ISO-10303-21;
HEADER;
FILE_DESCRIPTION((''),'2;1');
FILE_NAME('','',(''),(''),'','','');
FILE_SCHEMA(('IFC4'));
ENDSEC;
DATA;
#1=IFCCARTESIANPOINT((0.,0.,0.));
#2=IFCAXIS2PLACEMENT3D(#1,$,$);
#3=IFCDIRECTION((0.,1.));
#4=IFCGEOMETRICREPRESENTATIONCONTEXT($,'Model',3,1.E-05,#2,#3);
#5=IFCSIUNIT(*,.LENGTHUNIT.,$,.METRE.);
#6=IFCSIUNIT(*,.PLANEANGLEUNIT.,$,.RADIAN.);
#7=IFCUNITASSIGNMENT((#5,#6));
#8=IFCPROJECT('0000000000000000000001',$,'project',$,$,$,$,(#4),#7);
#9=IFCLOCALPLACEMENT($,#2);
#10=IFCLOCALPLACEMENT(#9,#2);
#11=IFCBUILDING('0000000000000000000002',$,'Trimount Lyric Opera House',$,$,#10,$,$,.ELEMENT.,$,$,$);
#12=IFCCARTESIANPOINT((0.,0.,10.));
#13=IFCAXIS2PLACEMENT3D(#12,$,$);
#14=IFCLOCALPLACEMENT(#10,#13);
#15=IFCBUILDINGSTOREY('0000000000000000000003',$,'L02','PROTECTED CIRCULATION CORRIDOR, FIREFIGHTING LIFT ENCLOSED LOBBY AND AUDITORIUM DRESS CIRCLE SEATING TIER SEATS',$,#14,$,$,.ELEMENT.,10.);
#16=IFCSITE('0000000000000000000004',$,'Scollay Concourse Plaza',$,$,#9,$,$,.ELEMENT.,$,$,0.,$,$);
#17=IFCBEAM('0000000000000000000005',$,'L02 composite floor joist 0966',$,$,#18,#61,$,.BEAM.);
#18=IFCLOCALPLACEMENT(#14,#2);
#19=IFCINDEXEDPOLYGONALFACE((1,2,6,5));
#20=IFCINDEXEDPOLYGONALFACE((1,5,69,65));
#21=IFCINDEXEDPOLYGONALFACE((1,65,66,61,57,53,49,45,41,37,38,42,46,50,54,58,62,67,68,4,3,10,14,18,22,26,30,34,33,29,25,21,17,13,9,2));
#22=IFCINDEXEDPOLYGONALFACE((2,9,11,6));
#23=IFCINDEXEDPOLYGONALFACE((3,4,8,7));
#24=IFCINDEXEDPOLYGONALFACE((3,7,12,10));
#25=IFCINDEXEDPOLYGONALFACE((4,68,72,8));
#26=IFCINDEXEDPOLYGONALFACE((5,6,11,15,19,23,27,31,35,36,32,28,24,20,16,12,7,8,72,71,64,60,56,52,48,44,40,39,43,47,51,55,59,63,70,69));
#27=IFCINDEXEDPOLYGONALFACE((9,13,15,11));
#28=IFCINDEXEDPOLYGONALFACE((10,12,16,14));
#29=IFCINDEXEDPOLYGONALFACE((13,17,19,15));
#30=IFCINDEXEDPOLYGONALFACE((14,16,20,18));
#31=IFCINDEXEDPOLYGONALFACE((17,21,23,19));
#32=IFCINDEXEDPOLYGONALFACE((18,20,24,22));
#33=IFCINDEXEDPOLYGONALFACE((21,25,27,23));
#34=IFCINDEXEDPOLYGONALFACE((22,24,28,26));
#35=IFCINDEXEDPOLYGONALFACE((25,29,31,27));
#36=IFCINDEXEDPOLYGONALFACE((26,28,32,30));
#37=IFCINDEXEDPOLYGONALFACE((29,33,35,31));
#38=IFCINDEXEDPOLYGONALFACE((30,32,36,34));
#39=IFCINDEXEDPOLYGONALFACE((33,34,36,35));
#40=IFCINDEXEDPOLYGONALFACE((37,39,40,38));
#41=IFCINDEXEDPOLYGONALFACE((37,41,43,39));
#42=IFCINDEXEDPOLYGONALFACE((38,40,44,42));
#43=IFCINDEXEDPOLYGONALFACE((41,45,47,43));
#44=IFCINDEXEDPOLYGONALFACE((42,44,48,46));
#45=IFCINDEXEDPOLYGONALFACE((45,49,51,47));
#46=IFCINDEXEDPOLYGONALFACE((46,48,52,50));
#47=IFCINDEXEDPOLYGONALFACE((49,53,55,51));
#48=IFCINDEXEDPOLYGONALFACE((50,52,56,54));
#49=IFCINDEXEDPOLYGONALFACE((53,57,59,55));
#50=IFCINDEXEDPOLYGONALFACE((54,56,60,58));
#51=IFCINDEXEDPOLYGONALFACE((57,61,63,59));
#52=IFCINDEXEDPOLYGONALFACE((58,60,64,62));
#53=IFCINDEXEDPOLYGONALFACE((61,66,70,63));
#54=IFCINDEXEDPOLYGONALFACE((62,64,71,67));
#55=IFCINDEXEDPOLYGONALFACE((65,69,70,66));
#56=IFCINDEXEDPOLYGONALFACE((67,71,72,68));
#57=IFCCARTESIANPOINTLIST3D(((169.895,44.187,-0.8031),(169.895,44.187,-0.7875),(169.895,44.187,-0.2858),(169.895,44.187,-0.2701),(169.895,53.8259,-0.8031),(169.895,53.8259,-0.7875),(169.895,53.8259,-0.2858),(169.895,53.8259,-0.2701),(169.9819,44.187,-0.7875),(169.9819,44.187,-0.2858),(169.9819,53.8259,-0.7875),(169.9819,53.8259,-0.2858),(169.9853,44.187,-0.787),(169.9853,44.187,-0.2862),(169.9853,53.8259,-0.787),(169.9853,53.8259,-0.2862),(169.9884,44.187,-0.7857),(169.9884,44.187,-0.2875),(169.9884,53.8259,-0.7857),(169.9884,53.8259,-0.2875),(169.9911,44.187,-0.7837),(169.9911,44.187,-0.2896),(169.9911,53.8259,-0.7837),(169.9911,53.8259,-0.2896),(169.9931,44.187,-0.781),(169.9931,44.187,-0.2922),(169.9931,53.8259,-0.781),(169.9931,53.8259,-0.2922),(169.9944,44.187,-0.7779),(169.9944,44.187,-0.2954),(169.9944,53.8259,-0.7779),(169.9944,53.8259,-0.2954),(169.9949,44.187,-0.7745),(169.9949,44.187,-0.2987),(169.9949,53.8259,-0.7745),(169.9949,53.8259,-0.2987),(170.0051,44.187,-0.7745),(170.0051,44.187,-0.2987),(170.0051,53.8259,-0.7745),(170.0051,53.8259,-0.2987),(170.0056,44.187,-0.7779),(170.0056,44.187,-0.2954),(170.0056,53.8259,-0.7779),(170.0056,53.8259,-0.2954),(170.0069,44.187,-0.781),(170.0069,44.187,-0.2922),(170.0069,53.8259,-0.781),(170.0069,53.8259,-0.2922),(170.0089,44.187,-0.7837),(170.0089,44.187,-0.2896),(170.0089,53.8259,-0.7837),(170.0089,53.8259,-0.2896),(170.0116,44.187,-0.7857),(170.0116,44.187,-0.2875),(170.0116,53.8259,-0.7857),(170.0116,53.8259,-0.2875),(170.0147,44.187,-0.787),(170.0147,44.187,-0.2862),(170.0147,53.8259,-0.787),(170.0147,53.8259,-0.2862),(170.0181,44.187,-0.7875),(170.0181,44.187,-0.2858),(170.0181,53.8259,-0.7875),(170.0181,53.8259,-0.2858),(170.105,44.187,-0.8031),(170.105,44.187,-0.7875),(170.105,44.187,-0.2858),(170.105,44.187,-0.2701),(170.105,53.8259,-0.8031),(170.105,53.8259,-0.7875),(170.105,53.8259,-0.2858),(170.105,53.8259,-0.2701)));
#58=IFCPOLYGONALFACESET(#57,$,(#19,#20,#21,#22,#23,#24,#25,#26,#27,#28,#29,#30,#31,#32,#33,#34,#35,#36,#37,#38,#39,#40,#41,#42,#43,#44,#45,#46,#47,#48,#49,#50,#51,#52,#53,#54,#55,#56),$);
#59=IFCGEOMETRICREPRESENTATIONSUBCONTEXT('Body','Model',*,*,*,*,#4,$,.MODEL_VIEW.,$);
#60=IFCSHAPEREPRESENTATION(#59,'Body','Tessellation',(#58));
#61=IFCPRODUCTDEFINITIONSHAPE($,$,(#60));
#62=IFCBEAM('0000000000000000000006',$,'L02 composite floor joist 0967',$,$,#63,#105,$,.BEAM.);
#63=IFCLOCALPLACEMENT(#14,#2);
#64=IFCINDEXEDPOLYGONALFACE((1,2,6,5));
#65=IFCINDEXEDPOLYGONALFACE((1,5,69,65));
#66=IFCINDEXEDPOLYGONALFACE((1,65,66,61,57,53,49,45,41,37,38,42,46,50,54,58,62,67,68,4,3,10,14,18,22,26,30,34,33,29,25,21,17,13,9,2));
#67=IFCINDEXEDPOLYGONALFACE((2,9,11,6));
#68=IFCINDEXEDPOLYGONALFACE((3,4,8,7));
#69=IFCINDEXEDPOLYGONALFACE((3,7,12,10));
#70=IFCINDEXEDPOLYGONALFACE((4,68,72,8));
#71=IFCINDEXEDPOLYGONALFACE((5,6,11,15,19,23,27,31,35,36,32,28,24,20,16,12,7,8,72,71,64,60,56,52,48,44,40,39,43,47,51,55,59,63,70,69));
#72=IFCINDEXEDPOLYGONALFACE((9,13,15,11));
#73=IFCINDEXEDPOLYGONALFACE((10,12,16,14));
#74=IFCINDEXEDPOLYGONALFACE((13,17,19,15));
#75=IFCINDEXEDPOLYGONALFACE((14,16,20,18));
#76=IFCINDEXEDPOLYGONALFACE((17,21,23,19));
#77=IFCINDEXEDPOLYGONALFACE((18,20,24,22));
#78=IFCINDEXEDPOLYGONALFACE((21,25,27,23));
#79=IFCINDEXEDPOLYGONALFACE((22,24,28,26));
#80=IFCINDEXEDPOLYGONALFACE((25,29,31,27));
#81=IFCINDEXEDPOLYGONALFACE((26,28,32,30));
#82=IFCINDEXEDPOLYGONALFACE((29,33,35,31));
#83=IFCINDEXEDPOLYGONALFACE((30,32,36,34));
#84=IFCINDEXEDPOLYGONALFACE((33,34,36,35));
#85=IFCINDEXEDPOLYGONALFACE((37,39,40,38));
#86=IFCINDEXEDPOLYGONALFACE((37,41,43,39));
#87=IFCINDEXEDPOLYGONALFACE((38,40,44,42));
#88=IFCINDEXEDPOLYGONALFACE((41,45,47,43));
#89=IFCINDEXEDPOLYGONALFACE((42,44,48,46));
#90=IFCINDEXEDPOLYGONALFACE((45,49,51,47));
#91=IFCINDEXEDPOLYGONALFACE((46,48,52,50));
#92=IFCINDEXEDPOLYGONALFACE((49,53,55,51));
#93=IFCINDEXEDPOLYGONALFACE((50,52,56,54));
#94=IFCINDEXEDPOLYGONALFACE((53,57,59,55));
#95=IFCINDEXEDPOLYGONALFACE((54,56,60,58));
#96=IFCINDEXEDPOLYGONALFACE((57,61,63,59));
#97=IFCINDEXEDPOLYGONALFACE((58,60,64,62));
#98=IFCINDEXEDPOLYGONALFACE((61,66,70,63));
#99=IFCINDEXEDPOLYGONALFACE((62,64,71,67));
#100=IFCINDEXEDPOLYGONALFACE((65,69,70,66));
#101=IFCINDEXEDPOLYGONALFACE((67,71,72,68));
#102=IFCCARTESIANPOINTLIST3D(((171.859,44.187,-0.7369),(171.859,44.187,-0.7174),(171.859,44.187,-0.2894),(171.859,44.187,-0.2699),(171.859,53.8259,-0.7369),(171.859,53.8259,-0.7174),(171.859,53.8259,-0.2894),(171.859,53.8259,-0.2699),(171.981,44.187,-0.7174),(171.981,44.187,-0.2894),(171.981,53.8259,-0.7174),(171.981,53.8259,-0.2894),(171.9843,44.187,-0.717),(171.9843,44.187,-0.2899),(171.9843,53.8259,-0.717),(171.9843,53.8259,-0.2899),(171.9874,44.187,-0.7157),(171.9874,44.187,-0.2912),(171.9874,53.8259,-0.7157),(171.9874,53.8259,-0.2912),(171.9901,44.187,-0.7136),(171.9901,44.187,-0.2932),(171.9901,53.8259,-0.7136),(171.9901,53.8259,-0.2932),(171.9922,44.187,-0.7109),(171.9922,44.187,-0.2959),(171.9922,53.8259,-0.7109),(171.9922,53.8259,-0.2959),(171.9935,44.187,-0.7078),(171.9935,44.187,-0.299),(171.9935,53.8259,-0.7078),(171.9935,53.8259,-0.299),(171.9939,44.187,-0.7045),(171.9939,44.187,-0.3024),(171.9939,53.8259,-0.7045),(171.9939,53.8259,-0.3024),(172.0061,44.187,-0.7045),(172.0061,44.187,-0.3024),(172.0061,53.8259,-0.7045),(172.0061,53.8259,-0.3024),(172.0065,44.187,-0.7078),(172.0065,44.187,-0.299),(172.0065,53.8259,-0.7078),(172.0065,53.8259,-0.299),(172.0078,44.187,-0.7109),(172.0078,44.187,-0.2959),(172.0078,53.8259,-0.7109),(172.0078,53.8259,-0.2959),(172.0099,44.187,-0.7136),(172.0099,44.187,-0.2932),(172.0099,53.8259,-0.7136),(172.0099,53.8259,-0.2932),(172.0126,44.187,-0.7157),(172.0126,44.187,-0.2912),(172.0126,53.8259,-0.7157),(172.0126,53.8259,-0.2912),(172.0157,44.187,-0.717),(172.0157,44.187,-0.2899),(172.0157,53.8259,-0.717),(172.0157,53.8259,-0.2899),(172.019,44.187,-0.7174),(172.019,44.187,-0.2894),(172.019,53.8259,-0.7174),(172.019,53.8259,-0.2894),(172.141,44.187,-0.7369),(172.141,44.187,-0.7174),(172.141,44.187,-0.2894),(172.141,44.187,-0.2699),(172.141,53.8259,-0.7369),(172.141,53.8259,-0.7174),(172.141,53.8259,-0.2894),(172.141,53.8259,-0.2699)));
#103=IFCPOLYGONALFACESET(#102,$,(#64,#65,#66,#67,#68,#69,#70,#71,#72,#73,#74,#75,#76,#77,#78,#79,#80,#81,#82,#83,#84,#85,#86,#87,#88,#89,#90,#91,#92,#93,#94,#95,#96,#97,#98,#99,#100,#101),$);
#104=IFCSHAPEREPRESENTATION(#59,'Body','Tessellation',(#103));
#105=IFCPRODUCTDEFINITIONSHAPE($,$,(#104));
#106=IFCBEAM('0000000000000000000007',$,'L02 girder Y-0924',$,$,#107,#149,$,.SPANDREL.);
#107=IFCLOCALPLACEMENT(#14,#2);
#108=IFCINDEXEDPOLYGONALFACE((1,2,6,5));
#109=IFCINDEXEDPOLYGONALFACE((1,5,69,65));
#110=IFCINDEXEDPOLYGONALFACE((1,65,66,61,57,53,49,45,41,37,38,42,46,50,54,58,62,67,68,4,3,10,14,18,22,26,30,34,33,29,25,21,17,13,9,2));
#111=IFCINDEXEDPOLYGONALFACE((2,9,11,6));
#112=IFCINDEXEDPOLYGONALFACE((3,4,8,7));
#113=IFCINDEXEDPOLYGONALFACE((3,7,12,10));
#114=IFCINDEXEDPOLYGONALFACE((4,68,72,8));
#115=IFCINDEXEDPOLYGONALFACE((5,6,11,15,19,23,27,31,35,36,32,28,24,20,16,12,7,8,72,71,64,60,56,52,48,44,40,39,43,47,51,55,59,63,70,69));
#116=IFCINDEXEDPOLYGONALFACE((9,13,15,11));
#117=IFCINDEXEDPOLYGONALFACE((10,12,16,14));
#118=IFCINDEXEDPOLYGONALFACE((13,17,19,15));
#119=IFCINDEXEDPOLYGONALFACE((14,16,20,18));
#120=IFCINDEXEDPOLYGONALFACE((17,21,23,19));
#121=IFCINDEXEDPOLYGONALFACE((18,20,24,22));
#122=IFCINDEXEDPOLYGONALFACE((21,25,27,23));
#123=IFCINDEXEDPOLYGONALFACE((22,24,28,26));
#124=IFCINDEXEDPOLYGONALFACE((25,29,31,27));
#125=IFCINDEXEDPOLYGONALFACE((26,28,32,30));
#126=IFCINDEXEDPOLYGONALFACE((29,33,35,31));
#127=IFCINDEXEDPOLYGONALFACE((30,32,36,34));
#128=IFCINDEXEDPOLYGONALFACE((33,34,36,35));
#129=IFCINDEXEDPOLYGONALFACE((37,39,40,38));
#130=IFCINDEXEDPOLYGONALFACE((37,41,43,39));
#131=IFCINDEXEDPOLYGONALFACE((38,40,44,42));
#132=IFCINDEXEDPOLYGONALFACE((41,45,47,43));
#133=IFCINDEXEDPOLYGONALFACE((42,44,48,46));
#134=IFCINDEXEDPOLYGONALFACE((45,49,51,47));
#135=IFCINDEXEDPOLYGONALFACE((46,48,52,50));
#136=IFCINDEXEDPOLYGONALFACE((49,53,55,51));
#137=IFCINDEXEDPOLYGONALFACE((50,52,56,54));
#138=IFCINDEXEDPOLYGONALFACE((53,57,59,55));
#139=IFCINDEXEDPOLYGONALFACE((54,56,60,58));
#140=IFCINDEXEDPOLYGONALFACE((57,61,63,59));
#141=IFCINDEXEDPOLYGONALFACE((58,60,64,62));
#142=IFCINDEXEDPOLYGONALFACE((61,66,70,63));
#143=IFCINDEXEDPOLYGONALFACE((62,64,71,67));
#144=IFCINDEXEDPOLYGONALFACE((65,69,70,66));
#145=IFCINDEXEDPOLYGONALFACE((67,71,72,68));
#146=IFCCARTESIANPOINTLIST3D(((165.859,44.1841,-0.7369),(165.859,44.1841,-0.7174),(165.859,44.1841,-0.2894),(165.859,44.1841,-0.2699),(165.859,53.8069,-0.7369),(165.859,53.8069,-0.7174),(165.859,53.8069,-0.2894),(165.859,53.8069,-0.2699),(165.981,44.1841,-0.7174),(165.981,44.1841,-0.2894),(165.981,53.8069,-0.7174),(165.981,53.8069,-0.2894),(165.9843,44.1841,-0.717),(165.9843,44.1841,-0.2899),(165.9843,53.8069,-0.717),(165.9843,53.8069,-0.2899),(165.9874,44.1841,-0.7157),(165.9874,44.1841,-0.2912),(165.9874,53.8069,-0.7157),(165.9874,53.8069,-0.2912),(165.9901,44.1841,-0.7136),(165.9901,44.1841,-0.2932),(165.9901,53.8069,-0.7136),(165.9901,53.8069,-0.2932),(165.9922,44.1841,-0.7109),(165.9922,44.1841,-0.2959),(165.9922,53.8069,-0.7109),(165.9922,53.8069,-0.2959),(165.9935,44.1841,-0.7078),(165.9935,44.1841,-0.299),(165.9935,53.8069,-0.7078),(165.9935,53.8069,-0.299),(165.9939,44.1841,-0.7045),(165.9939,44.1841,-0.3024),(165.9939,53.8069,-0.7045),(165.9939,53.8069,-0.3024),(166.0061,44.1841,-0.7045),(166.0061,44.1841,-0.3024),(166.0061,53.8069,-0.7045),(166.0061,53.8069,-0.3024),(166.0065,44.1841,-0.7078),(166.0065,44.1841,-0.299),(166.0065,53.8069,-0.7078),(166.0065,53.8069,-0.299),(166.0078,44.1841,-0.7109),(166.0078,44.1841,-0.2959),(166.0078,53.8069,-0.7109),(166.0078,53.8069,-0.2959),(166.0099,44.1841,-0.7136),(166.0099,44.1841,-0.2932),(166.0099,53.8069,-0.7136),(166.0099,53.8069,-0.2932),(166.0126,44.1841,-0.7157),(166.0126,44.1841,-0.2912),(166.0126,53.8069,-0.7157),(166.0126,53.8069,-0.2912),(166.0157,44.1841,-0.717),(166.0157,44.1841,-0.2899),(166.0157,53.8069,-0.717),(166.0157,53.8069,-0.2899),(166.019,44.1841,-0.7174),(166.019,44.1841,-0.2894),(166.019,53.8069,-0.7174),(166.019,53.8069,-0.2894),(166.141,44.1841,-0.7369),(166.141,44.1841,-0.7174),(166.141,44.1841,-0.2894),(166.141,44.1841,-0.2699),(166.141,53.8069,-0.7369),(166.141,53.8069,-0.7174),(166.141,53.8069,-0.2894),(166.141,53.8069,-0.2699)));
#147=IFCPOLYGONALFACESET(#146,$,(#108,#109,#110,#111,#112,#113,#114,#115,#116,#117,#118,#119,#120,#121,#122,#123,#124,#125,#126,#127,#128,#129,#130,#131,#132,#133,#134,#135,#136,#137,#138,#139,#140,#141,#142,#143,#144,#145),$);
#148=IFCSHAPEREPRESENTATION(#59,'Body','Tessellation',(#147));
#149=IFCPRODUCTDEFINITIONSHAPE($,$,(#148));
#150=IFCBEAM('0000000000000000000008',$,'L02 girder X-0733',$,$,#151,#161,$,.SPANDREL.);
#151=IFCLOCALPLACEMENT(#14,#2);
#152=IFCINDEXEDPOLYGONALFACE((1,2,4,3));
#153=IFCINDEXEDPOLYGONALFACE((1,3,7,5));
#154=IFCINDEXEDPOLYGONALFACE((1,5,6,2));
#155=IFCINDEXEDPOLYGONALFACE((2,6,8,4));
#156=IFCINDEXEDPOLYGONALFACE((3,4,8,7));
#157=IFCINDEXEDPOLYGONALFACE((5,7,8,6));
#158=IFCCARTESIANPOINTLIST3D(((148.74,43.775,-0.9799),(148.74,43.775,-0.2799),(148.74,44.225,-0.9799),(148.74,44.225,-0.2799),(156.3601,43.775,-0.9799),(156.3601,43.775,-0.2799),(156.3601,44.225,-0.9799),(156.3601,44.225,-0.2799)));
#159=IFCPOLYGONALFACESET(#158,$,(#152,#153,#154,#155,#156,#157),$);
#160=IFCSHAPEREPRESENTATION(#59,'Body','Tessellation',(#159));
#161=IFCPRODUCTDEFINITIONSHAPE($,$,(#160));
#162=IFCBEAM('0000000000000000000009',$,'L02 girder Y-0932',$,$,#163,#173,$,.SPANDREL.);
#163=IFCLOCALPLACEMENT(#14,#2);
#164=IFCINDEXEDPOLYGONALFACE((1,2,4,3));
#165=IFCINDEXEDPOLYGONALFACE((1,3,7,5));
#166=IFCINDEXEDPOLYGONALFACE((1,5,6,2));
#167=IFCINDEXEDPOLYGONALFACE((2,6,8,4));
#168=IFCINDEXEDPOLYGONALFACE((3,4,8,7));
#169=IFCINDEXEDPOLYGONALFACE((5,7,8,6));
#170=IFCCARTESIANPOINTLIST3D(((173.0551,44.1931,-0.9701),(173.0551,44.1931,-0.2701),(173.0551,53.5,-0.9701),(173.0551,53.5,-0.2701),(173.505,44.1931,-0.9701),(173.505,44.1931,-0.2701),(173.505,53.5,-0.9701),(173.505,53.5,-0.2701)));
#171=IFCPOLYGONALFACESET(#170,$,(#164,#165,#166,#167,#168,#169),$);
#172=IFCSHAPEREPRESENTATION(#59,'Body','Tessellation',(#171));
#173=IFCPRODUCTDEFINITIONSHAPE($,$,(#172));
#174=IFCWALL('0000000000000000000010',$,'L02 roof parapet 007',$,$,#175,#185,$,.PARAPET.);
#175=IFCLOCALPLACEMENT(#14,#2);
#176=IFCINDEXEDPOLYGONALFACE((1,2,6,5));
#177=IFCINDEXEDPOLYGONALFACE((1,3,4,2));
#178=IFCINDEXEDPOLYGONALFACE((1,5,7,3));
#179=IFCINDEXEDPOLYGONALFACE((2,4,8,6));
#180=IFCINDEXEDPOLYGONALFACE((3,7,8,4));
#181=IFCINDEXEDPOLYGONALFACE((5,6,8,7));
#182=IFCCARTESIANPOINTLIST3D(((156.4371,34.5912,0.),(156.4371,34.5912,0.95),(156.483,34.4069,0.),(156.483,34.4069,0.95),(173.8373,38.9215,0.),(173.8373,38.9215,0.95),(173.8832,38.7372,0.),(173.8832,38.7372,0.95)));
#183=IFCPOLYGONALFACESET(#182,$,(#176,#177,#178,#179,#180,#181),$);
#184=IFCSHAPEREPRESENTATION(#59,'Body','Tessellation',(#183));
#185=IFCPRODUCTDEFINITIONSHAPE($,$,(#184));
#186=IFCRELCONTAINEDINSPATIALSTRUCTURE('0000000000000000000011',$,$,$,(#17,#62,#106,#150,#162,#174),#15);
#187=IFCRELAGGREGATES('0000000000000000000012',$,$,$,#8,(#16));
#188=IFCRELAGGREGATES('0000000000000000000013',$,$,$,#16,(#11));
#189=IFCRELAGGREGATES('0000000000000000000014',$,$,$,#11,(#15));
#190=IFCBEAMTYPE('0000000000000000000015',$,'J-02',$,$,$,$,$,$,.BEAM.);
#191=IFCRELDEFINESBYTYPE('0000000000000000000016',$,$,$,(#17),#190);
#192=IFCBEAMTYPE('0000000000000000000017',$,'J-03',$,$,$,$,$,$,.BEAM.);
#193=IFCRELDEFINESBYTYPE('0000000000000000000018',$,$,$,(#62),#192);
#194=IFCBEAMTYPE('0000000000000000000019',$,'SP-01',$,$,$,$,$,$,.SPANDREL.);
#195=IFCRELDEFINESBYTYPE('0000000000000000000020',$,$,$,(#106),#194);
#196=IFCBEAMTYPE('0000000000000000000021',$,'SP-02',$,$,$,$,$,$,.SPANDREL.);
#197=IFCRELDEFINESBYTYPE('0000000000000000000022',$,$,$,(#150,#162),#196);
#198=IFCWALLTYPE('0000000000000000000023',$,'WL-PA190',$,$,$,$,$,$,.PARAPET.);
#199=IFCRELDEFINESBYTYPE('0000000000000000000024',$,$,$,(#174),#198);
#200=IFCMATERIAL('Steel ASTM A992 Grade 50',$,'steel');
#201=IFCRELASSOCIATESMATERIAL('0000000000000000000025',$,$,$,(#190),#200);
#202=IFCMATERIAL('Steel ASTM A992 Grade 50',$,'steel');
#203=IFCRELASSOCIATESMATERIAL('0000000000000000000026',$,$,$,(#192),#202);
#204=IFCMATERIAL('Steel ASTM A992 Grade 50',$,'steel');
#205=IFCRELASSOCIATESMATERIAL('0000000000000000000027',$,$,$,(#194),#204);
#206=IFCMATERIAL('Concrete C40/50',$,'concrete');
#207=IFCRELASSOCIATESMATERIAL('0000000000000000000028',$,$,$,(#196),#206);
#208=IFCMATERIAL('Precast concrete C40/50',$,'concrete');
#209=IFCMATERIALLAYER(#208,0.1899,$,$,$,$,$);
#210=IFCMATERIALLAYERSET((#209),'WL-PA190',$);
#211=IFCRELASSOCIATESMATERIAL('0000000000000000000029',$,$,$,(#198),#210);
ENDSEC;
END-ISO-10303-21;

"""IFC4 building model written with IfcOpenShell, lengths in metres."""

from ifc_helpers import new_model, si_unit, direction, frame, frame_2d, origin, origin_2d, place, context, subcontext, project, spatial, rectangle, i_section, extrude, material, layer, layer_set, material_profile, profile_set, type_object, element, save


model = new_model("IFC4")

# Units and contexts
model_context = context("Model", 3, precision=1e-05, world=origin(), true_north=direction((0.0, 1.0)))
body_context = subcontext(model_context, "Body", "Model", "MODEL_VIEW")
ifc_project = project(units=[si_unit("LENGTHUNIT", "METRE"), si_unit("PLANEANGLEUNIT", "RADIAN")], contexts=[model_context])

# Site, building, storey
site_placement = place(None, origin())
site = spatial("IfcSite", under=ifc_project, at=site_placement, Name="Scollay Concourse Plaza", CompositionType="ELEMENT", RefElevation=0.0)
building_placement = place(site_placement, origin())
building = spatial("IfcBuilding", under=site, at=building_placement, Name="Trimount Lyric Opera House", CompositionType="ELEMENT")
storey_placement = place(building_placement, frame((0.0, 0.0, 10.0)))
storey = spatial("IfcBuildingStorey", under=building, at=storey_placement, Name="L02", Description="PROTECTED CIRCULATION CORRIDOR, FIREFIGHTING LIFT ENCLOSED LOBBY AND AUDITORIUM DRESS CIRCLE SEATING TIER SEATS", CompositionType="ELEMENT", Elevation=10.0)

# Beams
ifc_material_1 = material(Name="Steel ASTM A992 Grade 50", Category="steel")
ifc_material_profile_1 = material_profile(ifc_material_1, i_section(OverallWidth=0.21, OverallDepth=0.533, WebThickness=0.0103, FlangeThickness=0.0156, FilletRadius=0.0129, at=origin_2d()), Name="W21X62")
ifc_profile_set_1 = profile_set([ifc_material_profile_1], Name="Steel ASTM A992 Grade 50")
beam_type_1 = type_object("IfcBeamType", Name="J-02", PredefinedType="BEAM", material=ifc_profile_set_1)
beam_1_placement = place(storey_placement, frame((170.0, 44.187, -0.5366), z_axis=(0.0, 1.0, 0.0), x_axis=(-1.0, 0.0, 0.0)))
element("IfcBeam", 1, at=beam_1_placement, inside=storey, type_object=beam_type_1, Name="L02 composite floor joist 0966", PredefinedType="BEAM", context=body_context, shape_type="SweptSolid", body=[
    extrude(i_section(OverallWidth=0.21, OverallDepth=0.533, WebThickness=0.0103, FlangeThickness=0.0156, FilletRadius=0.0129, at=origin_2d()), origin(), (0.0, 0.0, 1.0), 9.6389),
])
ifc_material_2 = material(Name="Steel ASTM A992 Grade 50", Category="steel")
ifc_material_profile_2 = material_profile(ifc_material_2, i_section(OverallWidth=0.282, OverallDepth=0.467, WebThickness=0.0122, FlangeThickness=0.0195, FilletRadius=0.0129, at=origin_2d()), Name="W18X86")
ifc_profile_set_2 = profile_set([ifc_material_profile_2], Name="Steel ASTM A992 Grade 50")
beam_type_2 = type_object("IfcBeamType", Name="J-03", PredefinedType="BEAM", material=ifc_profile_set_2)
beam_2_placement = place(storey_placement, frame((172.0, 44.187, -0.5034), z_axis=(0.0, 1.0, 0.0), x_axis=(-1.0, 0.0, 0.0)))
element("IfcBeam", 2, at=beam_2_placement, inside=storey, type_object=beam_type_2, Name="L02 composite floor joist 0967", PredefinedType="BEAM", context=body_context, shape_type="SweptSolid", body=[
    extrude(i_section(OverallWidth=0.282, OverallDepth=0.467, WebThickness=0.0122, FlangeThickness=0.0195, FilletRadius=0.0129, at=origin_2d()), origin(), (0.0, 0.0, 1.0), 9.6389),
])
ifc_material_3 = material(Name="Steel ASTM A992 Grade 50", Category="steel")
ifc_material_profile_3 = material_profile(ifc_material_3, i_section(OverallWidth=0.282, OverallDepth=0.467, WebThickness=0.0122, FlangeThickness=0.0195, FilletRadius=0.0129, at=origin_2d()), Name="W18X86")
ifc_profile_set_3 = profile_set([ifc_material_profile_3], Name="Steel ASTM A992 Grade 50")
beam_type_3 = type_object("IfcBeamType", Name="SP-01", PredefinedType="SPANDREL", material=ifc_profile_set_3)
beam_3_placement = place(storey_placement, frame((166.0, 44.1841, -0.5034), z_axis=(0.0, 1.0, 0.0), x_axis=(-1.0, 0.0, 0.0)))
element("IfcBeam", 3, at=beam_3_placement, inside=storey, type_object=beam_type_3, Name="L02 girder Y-0924", PredefinedType="SPANDREL", context=body_context, shape_type="SweptSolid", body=[
    extrude(i_section(OverallWidth=0.282, OverallDepth=0.467, WebThickness=0.0122, FlangeThickness=0.0195, FilletRadius=0.0129, at=origin_2d()), origin(), (0.0, 0.0, 1.0), 9.6228),
])
ifc_material_4 = material(Name="Concrete C40/50", Category="concrete")
ifc_material_profile_4 = material_profile(ifc_material_4, rectangle(XDim=0.45, YDim=0.7, at=origin_2d()), Name="RC450X700")
ifc_profile_set_4 = profile_set([ifc_material_profile_4], Name="Concrete C40/50")
beam_type_4 = type_object("IfcBeamType", Name="SP-02", PredefinedType="SPANDREL", material=ifc_profile_set_4)
beam_4_placement = place(storey_placement, frame((148.74, 44.0, -0.6299), z_axis=(1.0, 0.0, 0.0), x_axis=(0.0, 1.0, 0.0)))
element("IfcBeam", 4, at=beam_4_placement, inside=storey, type_object=beam_type_4, Name="L02 girder X-0733", PredefinedType="SPANDREL", context=body_context, shape_type="SweptSolid", body=[
    extrude(rectangle(XDim=0.45, YDim=0.7, at=origin_2d()), origin(), (0.0, 0.0, 1.0), 7.6201),
])
beam_5_placement = place(storey_placement, frame((173.28, 44.1931, -0.6201), z_axis=(0.0, 1.0, 0.0), x_axis=(-1.0, 0.0, 0.0)))
element("IfcBeam", 5, at=beam_5_placement, inside=storey, type_object=beam_type_4, Name="L02 girder Y-0932", PredefinedType="SPANDREL", context=body_context, shape_type="SweptSolid", body=[
    extrude(rectangle(XDim=0.45, YDim=0.7, at=origin_2d()), origin(), (0.0, 0.0, 1.0), 9.3069),
])

# Wall
ifc_material_5 = material(Name="Precast concrete C40/50", Category="concrete")
ifc_layer_1 = layer(ifc_material_5, 0.1899)
ifc_layer_set_1 = layer_set([ifc_layer_1], Name="WL-PA190")
wall_type_1 = type_object("IfcWallType", Name="WL-PA190", PredefinedType="PARAPET", material=ifc_layer_set_1)
wall_1_placement = place(storey_placement, frame((173.8601, 38.8293, 0.0), z_axis=(0.0, 0.0, 1.0), x_axis=(-0.970401, -0.241501, 0.0)))
element("IfcWall", 6, at=wall_1_placement, inside=storey, type_object=wall_type_1, Name="L02 roof parapet 007", PredefinedType="PARAPET", context=body_context, shape_type="SweptSolid", body=[
    extrude(rectangle(XDim=17.9309, YDim=0.1899, at=frame_2d((8.9653, 0.0))), origin(), (0.0, 0.0, 1.0), 0.95),
])

save(model, "model.ifc")
